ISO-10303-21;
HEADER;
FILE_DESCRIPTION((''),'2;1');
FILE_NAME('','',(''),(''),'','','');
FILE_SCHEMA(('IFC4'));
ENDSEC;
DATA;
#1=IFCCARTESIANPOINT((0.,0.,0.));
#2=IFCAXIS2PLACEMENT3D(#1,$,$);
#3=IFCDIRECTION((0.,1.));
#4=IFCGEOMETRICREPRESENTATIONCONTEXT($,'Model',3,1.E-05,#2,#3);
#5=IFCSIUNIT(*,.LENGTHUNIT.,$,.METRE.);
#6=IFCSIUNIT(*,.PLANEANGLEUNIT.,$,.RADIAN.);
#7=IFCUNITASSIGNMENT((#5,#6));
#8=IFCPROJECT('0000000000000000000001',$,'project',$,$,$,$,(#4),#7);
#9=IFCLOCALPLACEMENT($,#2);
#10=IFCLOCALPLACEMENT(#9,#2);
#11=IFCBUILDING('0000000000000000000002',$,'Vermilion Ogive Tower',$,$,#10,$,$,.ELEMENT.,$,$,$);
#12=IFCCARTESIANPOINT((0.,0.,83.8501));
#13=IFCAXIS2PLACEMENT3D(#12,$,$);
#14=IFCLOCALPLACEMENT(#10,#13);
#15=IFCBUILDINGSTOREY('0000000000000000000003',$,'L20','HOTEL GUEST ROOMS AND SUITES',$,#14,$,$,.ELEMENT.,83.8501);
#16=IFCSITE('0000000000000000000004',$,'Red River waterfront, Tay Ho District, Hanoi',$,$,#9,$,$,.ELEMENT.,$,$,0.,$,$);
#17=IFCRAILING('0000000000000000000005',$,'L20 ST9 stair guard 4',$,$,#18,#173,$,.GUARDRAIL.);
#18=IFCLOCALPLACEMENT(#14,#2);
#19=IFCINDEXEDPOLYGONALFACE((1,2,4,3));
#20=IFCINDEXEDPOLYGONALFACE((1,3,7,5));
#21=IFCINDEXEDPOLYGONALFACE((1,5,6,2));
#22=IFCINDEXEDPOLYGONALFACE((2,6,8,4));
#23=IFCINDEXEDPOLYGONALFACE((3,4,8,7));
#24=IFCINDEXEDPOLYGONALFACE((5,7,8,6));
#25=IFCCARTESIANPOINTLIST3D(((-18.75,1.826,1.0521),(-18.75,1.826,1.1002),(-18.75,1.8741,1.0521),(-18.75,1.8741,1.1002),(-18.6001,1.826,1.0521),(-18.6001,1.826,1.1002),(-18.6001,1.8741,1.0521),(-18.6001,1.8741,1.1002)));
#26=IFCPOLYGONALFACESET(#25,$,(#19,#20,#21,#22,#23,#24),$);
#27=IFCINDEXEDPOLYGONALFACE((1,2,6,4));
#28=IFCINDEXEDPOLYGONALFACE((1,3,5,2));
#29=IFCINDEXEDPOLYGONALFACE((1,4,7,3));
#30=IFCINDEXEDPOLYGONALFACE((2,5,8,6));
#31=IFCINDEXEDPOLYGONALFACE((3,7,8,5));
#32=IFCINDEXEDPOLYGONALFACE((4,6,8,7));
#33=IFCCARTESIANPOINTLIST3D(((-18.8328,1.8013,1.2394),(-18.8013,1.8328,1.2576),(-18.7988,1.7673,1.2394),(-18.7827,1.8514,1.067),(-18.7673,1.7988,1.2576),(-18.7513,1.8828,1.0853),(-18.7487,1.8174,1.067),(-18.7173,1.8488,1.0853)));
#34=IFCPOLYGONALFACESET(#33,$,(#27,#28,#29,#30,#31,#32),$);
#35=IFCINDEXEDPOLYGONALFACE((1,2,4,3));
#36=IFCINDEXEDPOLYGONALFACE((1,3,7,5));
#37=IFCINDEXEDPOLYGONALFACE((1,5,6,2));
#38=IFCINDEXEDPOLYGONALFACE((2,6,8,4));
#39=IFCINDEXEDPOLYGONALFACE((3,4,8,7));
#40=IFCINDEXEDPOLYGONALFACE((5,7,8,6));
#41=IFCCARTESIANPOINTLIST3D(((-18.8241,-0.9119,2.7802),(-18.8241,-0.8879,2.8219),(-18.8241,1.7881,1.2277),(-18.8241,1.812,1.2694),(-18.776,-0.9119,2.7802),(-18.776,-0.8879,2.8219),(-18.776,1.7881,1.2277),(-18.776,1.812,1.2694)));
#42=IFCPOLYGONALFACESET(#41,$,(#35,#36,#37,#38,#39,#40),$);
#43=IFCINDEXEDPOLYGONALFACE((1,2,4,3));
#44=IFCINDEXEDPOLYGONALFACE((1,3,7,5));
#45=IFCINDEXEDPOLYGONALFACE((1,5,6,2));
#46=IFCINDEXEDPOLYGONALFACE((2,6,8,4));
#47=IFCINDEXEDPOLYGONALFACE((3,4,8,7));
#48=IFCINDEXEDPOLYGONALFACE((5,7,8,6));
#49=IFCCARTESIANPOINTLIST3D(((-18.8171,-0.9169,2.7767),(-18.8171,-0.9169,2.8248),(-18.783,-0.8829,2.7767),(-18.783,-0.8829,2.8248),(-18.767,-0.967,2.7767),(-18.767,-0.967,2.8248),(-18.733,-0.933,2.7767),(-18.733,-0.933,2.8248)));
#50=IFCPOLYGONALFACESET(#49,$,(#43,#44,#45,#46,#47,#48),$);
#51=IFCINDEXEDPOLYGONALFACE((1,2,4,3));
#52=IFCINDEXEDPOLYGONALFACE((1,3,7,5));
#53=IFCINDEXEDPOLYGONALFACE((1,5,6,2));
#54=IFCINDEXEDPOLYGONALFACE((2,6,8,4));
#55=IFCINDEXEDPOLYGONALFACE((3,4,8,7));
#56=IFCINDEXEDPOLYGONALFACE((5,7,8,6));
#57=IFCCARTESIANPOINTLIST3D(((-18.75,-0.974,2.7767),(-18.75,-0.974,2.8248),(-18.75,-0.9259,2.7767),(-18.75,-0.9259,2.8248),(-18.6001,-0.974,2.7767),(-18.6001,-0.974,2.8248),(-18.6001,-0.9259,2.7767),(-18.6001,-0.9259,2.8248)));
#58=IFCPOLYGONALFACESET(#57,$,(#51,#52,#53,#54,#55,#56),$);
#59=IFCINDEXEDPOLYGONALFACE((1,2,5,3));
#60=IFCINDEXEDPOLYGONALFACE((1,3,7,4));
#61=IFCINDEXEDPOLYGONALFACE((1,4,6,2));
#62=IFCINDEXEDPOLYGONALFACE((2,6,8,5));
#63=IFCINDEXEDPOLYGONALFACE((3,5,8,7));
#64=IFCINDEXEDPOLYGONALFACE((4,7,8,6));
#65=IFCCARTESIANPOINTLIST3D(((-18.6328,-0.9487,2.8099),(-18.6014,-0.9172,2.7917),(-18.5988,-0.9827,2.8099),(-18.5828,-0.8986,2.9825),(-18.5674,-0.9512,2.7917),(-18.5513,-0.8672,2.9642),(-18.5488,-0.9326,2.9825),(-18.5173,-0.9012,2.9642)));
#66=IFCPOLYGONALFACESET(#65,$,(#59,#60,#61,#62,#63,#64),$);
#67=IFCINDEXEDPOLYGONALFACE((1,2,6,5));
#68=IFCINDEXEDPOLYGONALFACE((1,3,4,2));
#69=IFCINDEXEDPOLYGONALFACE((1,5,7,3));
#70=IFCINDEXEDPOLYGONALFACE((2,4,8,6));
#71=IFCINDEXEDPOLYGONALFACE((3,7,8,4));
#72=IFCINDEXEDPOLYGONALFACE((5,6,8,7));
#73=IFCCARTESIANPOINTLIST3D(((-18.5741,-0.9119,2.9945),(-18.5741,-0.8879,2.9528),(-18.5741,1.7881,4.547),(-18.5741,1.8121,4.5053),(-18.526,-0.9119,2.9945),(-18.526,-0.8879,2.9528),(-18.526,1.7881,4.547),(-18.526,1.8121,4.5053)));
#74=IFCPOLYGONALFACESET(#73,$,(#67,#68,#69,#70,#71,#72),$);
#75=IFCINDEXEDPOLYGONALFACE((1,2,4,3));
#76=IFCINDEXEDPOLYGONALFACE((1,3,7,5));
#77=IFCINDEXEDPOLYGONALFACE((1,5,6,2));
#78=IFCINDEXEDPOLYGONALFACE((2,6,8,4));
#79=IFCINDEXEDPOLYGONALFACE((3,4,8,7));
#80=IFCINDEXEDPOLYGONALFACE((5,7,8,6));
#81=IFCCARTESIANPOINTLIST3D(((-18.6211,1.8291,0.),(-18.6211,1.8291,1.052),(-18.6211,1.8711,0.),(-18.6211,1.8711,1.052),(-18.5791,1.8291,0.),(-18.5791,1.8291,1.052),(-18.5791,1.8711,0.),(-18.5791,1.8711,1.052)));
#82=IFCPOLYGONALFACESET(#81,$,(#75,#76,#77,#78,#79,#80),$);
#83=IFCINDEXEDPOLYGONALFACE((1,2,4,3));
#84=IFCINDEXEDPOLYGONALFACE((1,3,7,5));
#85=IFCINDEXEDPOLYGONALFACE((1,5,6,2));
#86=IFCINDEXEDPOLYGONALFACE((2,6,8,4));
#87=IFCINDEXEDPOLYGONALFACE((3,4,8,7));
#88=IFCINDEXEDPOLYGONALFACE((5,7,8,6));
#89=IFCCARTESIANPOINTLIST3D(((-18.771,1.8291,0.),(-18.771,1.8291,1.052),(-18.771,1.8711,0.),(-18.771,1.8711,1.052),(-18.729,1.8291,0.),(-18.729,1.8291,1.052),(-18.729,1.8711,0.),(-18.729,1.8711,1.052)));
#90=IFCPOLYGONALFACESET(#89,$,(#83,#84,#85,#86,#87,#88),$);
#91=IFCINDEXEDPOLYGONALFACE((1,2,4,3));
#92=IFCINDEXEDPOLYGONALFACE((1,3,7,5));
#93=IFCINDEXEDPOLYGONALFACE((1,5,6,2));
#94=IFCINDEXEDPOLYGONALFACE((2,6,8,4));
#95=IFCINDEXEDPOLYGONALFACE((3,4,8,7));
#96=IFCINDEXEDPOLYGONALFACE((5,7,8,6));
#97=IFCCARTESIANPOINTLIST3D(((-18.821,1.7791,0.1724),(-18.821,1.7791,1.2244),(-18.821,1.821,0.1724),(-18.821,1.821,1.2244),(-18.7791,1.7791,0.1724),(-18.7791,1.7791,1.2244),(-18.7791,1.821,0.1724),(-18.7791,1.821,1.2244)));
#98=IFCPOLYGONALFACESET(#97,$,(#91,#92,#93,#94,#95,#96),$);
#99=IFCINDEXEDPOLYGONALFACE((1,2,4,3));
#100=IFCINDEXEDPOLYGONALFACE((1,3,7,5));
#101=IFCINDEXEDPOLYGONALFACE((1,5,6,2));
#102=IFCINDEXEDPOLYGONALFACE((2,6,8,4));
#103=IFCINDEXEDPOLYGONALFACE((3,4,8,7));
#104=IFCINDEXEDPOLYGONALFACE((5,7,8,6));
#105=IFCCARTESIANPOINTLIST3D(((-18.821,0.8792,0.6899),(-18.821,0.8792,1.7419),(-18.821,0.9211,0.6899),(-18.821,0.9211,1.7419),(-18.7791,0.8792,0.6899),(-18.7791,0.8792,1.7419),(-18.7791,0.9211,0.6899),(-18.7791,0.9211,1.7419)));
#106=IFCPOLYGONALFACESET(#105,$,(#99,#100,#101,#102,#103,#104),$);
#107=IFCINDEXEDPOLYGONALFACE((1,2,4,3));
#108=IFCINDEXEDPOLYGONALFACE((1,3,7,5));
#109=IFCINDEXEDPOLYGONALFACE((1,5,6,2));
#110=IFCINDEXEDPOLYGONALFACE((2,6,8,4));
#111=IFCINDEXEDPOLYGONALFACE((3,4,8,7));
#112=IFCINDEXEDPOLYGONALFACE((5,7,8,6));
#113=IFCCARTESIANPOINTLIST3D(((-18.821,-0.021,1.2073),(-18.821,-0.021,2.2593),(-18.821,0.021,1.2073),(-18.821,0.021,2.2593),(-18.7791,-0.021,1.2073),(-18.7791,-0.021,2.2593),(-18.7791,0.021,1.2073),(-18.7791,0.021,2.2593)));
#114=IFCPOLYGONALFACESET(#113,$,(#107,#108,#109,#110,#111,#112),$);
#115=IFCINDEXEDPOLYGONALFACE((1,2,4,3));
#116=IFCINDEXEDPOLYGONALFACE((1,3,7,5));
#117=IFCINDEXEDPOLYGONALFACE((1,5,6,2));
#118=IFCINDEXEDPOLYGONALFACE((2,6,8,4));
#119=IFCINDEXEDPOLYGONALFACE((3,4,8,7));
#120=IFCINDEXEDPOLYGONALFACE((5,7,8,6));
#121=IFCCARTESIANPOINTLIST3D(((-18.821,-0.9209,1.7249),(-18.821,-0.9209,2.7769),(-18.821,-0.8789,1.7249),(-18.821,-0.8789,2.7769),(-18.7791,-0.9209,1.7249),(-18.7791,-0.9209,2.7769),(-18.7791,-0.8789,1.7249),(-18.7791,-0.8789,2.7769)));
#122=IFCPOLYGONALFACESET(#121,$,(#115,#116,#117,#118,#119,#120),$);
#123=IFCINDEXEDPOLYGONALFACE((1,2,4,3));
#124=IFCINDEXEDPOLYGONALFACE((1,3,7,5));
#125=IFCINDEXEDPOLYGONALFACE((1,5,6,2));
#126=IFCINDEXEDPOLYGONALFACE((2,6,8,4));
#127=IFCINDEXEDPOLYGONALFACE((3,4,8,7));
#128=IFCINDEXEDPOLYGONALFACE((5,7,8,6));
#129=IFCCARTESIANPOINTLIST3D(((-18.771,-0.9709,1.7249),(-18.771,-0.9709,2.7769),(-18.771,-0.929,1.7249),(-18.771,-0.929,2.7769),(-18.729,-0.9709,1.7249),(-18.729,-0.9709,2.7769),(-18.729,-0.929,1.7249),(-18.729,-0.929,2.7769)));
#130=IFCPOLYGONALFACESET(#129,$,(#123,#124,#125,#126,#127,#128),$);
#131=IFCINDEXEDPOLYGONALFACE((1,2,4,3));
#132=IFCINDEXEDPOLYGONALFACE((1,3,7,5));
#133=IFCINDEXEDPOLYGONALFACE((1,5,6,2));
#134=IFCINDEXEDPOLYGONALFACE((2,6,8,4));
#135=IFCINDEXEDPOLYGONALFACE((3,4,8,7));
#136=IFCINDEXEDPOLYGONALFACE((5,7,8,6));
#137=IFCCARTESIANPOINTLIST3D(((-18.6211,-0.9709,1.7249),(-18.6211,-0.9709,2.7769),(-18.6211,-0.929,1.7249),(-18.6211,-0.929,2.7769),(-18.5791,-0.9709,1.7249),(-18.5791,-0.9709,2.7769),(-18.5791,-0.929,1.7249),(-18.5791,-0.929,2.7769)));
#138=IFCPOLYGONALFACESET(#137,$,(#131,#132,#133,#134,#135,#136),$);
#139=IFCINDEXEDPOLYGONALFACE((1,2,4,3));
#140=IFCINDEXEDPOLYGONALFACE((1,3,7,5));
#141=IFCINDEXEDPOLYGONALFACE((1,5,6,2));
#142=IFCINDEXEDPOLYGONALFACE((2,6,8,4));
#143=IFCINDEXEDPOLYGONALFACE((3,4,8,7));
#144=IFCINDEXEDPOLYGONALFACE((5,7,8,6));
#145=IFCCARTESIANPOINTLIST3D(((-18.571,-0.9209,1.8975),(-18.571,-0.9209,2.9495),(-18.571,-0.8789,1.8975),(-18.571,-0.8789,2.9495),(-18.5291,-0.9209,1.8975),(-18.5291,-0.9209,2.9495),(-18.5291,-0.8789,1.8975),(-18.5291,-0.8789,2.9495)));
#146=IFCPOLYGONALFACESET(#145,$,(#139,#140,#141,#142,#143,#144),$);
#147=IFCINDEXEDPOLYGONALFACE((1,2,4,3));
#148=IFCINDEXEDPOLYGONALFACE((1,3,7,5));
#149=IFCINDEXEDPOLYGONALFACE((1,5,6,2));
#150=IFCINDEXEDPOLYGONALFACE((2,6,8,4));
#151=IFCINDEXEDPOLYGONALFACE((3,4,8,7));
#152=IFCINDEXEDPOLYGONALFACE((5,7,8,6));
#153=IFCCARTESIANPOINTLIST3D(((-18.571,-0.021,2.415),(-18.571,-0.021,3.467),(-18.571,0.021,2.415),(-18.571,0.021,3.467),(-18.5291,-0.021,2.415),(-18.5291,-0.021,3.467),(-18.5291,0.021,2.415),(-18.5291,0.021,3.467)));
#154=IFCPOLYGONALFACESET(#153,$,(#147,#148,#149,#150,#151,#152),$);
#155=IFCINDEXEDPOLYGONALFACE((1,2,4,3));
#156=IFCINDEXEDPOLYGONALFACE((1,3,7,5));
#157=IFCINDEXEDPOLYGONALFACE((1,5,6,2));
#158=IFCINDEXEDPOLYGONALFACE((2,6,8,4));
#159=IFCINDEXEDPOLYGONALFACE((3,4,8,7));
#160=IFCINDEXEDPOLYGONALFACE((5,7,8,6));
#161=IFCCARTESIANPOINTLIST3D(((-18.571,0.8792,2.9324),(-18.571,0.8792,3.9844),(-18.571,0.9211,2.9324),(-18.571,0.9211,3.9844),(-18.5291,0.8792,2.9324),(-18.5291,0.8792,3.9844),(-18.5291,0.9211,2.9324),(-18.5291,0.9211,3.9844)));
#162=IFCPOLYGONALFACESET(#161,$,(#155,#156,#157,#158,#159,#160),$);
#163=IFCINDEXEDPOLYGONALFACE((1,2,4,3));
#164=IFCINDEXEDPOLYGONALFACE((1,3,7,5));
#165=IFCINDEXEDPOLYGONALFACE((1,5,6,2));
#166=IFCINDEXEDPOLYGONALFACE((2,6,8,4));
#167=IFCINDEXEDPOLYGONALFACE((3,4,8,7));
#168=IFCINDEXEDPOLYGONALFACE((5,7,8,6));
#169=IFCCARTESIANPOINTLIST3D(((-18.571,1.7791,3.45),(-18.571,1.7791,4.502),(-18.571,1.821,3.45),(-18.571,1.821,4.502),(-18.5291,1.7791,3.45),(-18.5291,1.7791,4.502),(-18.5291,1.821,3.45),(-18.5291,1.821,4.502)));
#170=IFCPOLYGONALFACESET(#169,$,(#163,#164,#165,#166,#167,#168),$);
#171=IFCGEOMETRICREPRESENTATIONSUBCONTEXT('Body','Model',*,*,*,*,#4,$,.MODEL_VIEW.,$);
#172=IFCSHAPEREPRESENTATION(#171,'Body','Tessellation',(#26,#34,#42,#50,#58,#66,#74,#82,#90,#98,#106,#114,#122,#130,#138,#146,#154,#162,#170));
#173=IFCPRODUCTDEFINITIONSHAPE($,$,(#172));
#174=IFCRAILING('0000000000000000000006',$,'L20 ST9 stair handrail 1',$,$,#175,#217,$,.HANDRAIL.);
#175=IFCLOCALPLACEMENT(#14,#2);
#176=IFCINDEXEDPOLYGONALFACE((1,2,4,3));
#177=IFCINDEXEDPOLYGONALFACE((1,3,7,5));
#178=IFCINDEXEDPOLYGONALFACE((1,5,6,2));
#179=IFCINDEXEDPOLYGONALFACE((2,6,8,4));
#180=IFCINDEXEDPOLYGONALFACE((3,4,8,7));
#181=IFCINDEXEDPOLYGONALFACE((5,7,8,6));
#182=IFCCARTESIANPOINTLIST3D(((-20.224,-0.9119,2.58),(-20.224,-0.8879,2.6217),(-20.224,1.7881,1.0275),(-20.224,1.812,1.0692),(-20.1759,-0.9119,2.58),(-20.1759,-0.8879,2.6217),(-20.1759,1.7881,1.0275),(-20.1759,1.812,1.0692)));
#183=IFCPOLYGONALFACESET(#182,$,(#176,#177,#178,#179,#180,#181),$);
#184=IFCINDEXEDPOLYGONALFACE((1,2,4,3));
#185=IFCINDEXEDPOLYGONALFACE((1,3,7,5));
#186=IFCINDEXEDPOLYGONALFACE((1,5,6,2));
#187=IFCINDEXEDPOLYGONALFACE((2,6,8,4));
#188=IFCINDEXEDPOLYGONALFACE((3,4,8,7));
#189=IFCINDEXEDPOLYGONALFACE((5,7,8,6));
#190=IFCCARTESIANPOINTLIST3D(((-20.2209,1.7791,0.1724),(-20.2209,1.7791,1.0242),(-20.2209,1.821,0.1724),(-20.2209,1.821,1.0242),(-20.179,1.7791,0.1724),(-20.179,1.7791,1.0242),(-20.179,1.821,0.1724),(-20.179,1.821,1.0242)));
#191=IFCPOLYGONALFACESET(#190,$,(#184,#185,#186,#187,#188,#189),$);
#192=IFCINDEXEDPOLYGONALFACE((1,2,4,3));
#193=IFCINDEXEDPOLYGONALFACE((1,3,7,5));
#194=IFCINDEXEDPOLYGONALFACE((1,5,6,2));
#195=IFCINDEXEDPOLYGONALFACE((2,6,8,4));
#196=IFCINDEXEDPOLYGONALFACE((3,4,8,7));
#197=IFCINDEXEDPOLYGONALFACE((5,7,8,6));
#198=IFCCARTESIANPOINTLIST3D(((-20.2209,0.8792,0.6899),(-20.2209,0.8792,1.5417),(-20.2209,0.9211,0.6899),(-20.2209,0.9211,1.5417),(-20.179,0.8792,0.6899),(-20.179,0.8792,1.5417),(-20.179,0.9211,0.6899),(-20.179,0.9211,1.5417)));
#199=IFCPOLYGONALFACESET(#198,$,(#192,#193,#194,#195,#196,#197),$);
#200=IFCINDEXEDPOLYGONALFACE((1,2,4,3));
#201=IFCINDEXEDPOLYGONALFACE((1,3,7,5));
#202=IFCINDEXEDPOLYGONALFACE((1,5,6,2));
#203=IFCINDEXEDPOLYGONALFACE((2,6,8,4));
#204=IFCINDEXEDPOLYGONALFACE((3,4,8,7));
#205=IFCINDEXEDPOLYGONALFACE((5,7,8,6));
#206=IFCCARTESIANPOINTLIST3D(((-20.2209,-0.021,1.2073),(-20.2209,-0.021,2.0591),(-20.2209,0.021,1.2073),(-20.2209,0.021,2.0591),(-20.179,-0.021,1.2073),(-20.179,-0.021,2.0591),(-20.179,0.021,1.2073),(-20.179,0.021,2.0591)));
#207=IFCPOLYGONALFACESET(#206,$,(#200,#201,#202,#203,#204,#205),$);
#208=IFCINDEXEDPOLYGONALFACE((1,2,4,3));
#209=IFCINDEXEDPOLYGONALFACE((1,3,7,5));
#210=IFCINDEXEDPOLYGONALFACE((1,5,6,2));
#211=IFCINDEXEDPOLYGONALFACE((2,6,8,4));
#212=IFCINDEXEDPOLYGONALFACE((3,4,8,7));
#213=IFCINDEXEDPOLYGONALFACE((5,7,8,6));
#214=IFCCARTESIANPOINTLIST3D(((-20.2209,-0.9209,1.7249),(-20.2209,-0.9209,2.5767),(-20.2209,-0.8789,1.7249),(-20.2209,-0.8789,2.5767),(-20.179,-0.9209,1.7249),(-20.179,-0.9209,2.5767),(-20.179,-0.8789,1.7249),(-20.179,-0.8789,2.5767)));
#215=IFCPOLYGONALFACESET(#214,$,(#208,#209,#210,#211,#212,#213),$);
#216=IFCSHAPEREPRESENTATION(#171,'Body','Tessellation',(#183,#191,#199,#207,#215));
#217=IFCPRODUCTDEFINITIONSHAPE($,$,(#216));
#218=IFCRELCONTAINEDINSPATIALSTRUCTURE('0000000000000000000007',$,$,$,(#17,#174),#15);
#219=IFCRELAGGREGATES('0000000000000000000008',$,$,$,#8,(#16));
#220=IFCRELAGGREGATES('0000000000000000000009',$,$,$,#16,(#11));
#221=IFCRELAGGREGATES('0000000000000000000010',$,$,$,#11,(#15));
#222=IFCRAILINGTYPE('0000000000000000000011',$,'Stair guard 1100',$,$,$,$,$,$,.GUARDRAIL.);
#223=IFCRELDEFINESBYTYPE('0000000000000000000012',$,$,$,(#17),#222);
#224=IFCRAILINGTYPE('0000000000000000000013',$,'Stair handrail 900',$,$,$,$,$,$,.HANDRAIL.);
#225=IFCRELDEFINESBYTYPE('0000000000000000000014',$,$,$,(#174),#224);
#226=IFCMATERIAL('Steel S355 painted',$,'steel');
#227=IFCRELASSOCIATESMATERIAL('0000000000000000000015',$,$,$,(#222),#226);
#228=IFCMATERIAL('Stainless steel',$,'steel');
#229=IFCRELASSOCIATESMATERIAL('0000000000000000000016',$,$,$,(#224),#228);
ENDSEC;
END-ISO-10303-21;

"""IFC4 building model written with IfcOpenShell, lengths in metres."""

from ifc_helpers import new_model, si_unit, direction, frame, origin, origin_2d, place, context, subcontext, project, spatial, rectangle, extrude, material, type_object, element, save


model = new_model("IFC4")

# Units and contexts
model_context = context("Model", 3, precision=1e-05, world=origin(), true_north=direction((0.0, 1.0)))
body_context = subcontext(model_context, "Body", "Model", "MODEL_VIEW")
ifc_project = project(units=[si_unit("LENGTHUNIT", "METRE"), si_unit("PLANEANGLEUNIT", "RADIAN")], contexts=[model_context])

# Site, building, storey
site_placement = place(None, origin())
site = spatial("IfcSite", under=ifc_project, at=site_placement, Name="Red River waterfront, Tay Ho District, Hanoi", CompositionType="ELEMENT", RefElevation=0.0)
building_placement = place(site_placement, origin())
building = spatial("IfcBuilding", under=site, at=building_placement, Name="Vermilion Ogive Tower", CompositionType="ELEMENT")
storey_placement = place(building_placement, frame((0.0, 0.0, 83.8501)))
storey = spatial("IfcBuildingStorey", under=building, at=storey_placement, Name="L20", Description="HOTEL GUEST ROOMS AND SUITES", CompositionType="ELEMENT", Elevation=83.8501)

# Railings
ifc_material_1 = material(Name="Steel S355 painted", Category="steel")
railing_type_1 = type_object("IfcRailingType", Name="Stair guard 1100", PredefinedType="GUARDRAIL", material=ifc_material_1)
railing_1_placement = place(storey_placement, frame((-18.6001, 1.8501, 0.0)))
element("IfcRailing", 1, at=railing_1_placement, inside=storey, type_object=railing_type_1, Name="L20 ST9 stair guard 4", PredefinedType="GUARDRAIL", context=body_context, shape_type="SweptSolid", body=[
    extrude(rectangle(XDim=0.0481, YDim=0.0481, at=origin_2d()), frame((0.0, 0.0, 1.0762), z_axis=(-1.0, 0.0, 0.0), x_axis=(0.0, -1.0, 0.0)), (0.0, 0.0, 1.0), 0.1499),
    extrude(rectangle(XDim=0.0481, YDim=0.0481, at=origin_2d()), frame((-0.1499, 0.0, 1.0762), z_axis=(-0.268603, -0.268603, 0.925043), x_axis=(0.707107, -0.707107, 0.0)), (0.0, 0.0, 1.0), 0.1863),
    extrude(rectangle(XDim=0.0481, YDim=0.0481, at=origin_2d()), frame((-0.2, -0.05, 1.2485), z_axis=(0.0, -0.866904, 0.498476), x_axis=(1.0, 0.0, 0.0)), (0.0, 0.0, 1.0), 3.1145),
    extrude(rectangle(XDim=0.0481, YDim=0.0481, at=origin_2d()), frame((-0.2, -2.75, 2.8008), z_axis=(0.707107, -0.707107, 0.0), x_axis=(0.707107, 0.707107, 0.0)), (0.0, 0.0, 1.0), 0.0708),
    extrude(rectangle(XDim=0.0481, YDim=0.0481, at=origin_2d()), frame((-0.1499, -2.8, 2.8008), z_axis=(1.0, 0.0, 0.0), x_axis=(0.0, 1.0, 0.0)), (0.0, 0.0, 1.0), 0.1499),
    extrude(rectangle(XDim=0.0481, YDim=0.0481, at=origin_2d()), frame((0.0, -2.8, 2.8008), z_axis=(0.268278, 0.268278, 0.925232), x_axis=(-0.707107, 0.707107, 0.0)), (0.0, 0.0, 1.0), 0.1865),
    extrude(rectangle(XDim=0.0481, YDim=0.0481, at=origin_2d()), frame((0.05, -2.75, 2.9736), z_axis=(0.0, 0.866904, 0.498476), x_axis=(-1.0, 0.0, 0.0)), (0.0, 0.0, 1.0), 3.1145),
    extrude(rectangle(XDim=0.042, YDim=0.042, at=origin_2d()), origin(), (0.0, 0.0, 1.0), 1.052),
    extrude(rectangle(XDim=0.042, YDim=0.042, at=origin_2d()), frame((-0.1499, 0.0, 0.0)), (0.0, 0.0, 1.0), 1.052),
    extrude(rectangle(XDim=0.042, YDim=0.042, at=origin_2d()), frame((-0.2, -0.05, 0.1724)), (0.0, 0.0, 1.0), 1.052),
    extrude(rectangle(XDim=0.042, YDim=0.042, at=origin_2d()), frame((-0.2, -0.95, 0.6899)), (0.0, 0.0, 1.0), 1.052),
    extrude(rectangle(XDim=0.042, YDim=0.042, at=origin_2d()), frame((-0.2, -1.8501, 1.2073)), (0.0, 0.0, 1.0), 1.052),
    extrude(rectangle(XDim=0.042, YDim=0.042, at=origin_2d()), frame((-0.2, -2.75, 1.7249)), (0.0, 0.0, 1.0), 1.052),
    extrude(rectangle(XDim=0.042, YDim=0.042, at=origin_2d()), frame((-0.1499, -2.8, 1.7249)), (0.0, 0.0, 1.0), 1.052),
    extrude(rectangle(XDim=0.042, YDim=0.042, at=origin_2d()), frame((0.0, -2.8, 1.7249)), (0.0, 0.0, 1.0), 1.052),
    extrude(rectangle(XDim=0.042, YDim=0.042, at=origin_2d()), frame((0.05, -2.75, 1.8975)), (0.0, 0.0, 1.0), 1.052),
    extrude(rectangle(XDim=0.042, YDim=0.042, at=origin_2d()), frame((0.05, -1.8501, 2.415)), (0.0, 0.0, 1.0), 1.052),
    extrude(rectangle(XDim=0.042, YDim=0.042, at=origin_2d()), frame((0.05, -0.95, 2.9324)), (0.0, 0.0, 1.0), 1.052),
    extrude(rectangle(XDim=0.042, YDim=0.042, at=origin_2d()), frame((0.05, -0.05, 3.45)), (0.0, 0.0, 1.0), 1.052),
])
ifc_material_2 = material(Name="Stainless steel", Category="steel")
railing_type_2 = type_object("IfcRailingType", Name="Stair handrail 900", PredefinedType="HANDRAIL", material=ifc_material_2)
railing_2_placement = place(storey_placement, frame((-20.2, 1.8, 0.1724)))
element("IfcRailing", 2, at=railing_2_placement, inside=storey, type_object=railing_type_2, Name="L20 ST9 stair handrail 1", PredefinedType="HANDRAIL", context=body_context, shape_type="SweptSolid", body=[
    extrude(rectangle(XDim=0.0481, YDim=0.0481, at=origin_2d()), frame((0.0, 0.0, 0.876), z_axis=(0.0, -0.866904, 0.498476), x_axis=(1.0, 0.0, 0.0)), (0.0, 0.0, 1.0), 3.1145),
    extrude(rectangle(XDim=0.042, YDim=0.042, at=origin_2d()), origin(), (0.0, 0.0, 1.0), 0.8518),
    extrude(rectangle(XDim=0.042, YDim=0.042, at=origin_2d()), frame((0.0, -0.8999, 0.5176)), (0.0, 0.0, 1.0), 0.8518),
    extrude(rectangle(XDim=0.042, YDim=0.042, at=origin_2d()), frame((0.0, -1.8, 1.0349)), (0.0, 0.0, 1.0), 0.8518),
    extrude(rectangle(XDim=0.042, YDim=0.042, at=origin_2d()), frame((0.0, -2.7, 1.5525)), (0.0, 0.0, 1.0), 0.8518),
])

save(model, "model.ifc")
